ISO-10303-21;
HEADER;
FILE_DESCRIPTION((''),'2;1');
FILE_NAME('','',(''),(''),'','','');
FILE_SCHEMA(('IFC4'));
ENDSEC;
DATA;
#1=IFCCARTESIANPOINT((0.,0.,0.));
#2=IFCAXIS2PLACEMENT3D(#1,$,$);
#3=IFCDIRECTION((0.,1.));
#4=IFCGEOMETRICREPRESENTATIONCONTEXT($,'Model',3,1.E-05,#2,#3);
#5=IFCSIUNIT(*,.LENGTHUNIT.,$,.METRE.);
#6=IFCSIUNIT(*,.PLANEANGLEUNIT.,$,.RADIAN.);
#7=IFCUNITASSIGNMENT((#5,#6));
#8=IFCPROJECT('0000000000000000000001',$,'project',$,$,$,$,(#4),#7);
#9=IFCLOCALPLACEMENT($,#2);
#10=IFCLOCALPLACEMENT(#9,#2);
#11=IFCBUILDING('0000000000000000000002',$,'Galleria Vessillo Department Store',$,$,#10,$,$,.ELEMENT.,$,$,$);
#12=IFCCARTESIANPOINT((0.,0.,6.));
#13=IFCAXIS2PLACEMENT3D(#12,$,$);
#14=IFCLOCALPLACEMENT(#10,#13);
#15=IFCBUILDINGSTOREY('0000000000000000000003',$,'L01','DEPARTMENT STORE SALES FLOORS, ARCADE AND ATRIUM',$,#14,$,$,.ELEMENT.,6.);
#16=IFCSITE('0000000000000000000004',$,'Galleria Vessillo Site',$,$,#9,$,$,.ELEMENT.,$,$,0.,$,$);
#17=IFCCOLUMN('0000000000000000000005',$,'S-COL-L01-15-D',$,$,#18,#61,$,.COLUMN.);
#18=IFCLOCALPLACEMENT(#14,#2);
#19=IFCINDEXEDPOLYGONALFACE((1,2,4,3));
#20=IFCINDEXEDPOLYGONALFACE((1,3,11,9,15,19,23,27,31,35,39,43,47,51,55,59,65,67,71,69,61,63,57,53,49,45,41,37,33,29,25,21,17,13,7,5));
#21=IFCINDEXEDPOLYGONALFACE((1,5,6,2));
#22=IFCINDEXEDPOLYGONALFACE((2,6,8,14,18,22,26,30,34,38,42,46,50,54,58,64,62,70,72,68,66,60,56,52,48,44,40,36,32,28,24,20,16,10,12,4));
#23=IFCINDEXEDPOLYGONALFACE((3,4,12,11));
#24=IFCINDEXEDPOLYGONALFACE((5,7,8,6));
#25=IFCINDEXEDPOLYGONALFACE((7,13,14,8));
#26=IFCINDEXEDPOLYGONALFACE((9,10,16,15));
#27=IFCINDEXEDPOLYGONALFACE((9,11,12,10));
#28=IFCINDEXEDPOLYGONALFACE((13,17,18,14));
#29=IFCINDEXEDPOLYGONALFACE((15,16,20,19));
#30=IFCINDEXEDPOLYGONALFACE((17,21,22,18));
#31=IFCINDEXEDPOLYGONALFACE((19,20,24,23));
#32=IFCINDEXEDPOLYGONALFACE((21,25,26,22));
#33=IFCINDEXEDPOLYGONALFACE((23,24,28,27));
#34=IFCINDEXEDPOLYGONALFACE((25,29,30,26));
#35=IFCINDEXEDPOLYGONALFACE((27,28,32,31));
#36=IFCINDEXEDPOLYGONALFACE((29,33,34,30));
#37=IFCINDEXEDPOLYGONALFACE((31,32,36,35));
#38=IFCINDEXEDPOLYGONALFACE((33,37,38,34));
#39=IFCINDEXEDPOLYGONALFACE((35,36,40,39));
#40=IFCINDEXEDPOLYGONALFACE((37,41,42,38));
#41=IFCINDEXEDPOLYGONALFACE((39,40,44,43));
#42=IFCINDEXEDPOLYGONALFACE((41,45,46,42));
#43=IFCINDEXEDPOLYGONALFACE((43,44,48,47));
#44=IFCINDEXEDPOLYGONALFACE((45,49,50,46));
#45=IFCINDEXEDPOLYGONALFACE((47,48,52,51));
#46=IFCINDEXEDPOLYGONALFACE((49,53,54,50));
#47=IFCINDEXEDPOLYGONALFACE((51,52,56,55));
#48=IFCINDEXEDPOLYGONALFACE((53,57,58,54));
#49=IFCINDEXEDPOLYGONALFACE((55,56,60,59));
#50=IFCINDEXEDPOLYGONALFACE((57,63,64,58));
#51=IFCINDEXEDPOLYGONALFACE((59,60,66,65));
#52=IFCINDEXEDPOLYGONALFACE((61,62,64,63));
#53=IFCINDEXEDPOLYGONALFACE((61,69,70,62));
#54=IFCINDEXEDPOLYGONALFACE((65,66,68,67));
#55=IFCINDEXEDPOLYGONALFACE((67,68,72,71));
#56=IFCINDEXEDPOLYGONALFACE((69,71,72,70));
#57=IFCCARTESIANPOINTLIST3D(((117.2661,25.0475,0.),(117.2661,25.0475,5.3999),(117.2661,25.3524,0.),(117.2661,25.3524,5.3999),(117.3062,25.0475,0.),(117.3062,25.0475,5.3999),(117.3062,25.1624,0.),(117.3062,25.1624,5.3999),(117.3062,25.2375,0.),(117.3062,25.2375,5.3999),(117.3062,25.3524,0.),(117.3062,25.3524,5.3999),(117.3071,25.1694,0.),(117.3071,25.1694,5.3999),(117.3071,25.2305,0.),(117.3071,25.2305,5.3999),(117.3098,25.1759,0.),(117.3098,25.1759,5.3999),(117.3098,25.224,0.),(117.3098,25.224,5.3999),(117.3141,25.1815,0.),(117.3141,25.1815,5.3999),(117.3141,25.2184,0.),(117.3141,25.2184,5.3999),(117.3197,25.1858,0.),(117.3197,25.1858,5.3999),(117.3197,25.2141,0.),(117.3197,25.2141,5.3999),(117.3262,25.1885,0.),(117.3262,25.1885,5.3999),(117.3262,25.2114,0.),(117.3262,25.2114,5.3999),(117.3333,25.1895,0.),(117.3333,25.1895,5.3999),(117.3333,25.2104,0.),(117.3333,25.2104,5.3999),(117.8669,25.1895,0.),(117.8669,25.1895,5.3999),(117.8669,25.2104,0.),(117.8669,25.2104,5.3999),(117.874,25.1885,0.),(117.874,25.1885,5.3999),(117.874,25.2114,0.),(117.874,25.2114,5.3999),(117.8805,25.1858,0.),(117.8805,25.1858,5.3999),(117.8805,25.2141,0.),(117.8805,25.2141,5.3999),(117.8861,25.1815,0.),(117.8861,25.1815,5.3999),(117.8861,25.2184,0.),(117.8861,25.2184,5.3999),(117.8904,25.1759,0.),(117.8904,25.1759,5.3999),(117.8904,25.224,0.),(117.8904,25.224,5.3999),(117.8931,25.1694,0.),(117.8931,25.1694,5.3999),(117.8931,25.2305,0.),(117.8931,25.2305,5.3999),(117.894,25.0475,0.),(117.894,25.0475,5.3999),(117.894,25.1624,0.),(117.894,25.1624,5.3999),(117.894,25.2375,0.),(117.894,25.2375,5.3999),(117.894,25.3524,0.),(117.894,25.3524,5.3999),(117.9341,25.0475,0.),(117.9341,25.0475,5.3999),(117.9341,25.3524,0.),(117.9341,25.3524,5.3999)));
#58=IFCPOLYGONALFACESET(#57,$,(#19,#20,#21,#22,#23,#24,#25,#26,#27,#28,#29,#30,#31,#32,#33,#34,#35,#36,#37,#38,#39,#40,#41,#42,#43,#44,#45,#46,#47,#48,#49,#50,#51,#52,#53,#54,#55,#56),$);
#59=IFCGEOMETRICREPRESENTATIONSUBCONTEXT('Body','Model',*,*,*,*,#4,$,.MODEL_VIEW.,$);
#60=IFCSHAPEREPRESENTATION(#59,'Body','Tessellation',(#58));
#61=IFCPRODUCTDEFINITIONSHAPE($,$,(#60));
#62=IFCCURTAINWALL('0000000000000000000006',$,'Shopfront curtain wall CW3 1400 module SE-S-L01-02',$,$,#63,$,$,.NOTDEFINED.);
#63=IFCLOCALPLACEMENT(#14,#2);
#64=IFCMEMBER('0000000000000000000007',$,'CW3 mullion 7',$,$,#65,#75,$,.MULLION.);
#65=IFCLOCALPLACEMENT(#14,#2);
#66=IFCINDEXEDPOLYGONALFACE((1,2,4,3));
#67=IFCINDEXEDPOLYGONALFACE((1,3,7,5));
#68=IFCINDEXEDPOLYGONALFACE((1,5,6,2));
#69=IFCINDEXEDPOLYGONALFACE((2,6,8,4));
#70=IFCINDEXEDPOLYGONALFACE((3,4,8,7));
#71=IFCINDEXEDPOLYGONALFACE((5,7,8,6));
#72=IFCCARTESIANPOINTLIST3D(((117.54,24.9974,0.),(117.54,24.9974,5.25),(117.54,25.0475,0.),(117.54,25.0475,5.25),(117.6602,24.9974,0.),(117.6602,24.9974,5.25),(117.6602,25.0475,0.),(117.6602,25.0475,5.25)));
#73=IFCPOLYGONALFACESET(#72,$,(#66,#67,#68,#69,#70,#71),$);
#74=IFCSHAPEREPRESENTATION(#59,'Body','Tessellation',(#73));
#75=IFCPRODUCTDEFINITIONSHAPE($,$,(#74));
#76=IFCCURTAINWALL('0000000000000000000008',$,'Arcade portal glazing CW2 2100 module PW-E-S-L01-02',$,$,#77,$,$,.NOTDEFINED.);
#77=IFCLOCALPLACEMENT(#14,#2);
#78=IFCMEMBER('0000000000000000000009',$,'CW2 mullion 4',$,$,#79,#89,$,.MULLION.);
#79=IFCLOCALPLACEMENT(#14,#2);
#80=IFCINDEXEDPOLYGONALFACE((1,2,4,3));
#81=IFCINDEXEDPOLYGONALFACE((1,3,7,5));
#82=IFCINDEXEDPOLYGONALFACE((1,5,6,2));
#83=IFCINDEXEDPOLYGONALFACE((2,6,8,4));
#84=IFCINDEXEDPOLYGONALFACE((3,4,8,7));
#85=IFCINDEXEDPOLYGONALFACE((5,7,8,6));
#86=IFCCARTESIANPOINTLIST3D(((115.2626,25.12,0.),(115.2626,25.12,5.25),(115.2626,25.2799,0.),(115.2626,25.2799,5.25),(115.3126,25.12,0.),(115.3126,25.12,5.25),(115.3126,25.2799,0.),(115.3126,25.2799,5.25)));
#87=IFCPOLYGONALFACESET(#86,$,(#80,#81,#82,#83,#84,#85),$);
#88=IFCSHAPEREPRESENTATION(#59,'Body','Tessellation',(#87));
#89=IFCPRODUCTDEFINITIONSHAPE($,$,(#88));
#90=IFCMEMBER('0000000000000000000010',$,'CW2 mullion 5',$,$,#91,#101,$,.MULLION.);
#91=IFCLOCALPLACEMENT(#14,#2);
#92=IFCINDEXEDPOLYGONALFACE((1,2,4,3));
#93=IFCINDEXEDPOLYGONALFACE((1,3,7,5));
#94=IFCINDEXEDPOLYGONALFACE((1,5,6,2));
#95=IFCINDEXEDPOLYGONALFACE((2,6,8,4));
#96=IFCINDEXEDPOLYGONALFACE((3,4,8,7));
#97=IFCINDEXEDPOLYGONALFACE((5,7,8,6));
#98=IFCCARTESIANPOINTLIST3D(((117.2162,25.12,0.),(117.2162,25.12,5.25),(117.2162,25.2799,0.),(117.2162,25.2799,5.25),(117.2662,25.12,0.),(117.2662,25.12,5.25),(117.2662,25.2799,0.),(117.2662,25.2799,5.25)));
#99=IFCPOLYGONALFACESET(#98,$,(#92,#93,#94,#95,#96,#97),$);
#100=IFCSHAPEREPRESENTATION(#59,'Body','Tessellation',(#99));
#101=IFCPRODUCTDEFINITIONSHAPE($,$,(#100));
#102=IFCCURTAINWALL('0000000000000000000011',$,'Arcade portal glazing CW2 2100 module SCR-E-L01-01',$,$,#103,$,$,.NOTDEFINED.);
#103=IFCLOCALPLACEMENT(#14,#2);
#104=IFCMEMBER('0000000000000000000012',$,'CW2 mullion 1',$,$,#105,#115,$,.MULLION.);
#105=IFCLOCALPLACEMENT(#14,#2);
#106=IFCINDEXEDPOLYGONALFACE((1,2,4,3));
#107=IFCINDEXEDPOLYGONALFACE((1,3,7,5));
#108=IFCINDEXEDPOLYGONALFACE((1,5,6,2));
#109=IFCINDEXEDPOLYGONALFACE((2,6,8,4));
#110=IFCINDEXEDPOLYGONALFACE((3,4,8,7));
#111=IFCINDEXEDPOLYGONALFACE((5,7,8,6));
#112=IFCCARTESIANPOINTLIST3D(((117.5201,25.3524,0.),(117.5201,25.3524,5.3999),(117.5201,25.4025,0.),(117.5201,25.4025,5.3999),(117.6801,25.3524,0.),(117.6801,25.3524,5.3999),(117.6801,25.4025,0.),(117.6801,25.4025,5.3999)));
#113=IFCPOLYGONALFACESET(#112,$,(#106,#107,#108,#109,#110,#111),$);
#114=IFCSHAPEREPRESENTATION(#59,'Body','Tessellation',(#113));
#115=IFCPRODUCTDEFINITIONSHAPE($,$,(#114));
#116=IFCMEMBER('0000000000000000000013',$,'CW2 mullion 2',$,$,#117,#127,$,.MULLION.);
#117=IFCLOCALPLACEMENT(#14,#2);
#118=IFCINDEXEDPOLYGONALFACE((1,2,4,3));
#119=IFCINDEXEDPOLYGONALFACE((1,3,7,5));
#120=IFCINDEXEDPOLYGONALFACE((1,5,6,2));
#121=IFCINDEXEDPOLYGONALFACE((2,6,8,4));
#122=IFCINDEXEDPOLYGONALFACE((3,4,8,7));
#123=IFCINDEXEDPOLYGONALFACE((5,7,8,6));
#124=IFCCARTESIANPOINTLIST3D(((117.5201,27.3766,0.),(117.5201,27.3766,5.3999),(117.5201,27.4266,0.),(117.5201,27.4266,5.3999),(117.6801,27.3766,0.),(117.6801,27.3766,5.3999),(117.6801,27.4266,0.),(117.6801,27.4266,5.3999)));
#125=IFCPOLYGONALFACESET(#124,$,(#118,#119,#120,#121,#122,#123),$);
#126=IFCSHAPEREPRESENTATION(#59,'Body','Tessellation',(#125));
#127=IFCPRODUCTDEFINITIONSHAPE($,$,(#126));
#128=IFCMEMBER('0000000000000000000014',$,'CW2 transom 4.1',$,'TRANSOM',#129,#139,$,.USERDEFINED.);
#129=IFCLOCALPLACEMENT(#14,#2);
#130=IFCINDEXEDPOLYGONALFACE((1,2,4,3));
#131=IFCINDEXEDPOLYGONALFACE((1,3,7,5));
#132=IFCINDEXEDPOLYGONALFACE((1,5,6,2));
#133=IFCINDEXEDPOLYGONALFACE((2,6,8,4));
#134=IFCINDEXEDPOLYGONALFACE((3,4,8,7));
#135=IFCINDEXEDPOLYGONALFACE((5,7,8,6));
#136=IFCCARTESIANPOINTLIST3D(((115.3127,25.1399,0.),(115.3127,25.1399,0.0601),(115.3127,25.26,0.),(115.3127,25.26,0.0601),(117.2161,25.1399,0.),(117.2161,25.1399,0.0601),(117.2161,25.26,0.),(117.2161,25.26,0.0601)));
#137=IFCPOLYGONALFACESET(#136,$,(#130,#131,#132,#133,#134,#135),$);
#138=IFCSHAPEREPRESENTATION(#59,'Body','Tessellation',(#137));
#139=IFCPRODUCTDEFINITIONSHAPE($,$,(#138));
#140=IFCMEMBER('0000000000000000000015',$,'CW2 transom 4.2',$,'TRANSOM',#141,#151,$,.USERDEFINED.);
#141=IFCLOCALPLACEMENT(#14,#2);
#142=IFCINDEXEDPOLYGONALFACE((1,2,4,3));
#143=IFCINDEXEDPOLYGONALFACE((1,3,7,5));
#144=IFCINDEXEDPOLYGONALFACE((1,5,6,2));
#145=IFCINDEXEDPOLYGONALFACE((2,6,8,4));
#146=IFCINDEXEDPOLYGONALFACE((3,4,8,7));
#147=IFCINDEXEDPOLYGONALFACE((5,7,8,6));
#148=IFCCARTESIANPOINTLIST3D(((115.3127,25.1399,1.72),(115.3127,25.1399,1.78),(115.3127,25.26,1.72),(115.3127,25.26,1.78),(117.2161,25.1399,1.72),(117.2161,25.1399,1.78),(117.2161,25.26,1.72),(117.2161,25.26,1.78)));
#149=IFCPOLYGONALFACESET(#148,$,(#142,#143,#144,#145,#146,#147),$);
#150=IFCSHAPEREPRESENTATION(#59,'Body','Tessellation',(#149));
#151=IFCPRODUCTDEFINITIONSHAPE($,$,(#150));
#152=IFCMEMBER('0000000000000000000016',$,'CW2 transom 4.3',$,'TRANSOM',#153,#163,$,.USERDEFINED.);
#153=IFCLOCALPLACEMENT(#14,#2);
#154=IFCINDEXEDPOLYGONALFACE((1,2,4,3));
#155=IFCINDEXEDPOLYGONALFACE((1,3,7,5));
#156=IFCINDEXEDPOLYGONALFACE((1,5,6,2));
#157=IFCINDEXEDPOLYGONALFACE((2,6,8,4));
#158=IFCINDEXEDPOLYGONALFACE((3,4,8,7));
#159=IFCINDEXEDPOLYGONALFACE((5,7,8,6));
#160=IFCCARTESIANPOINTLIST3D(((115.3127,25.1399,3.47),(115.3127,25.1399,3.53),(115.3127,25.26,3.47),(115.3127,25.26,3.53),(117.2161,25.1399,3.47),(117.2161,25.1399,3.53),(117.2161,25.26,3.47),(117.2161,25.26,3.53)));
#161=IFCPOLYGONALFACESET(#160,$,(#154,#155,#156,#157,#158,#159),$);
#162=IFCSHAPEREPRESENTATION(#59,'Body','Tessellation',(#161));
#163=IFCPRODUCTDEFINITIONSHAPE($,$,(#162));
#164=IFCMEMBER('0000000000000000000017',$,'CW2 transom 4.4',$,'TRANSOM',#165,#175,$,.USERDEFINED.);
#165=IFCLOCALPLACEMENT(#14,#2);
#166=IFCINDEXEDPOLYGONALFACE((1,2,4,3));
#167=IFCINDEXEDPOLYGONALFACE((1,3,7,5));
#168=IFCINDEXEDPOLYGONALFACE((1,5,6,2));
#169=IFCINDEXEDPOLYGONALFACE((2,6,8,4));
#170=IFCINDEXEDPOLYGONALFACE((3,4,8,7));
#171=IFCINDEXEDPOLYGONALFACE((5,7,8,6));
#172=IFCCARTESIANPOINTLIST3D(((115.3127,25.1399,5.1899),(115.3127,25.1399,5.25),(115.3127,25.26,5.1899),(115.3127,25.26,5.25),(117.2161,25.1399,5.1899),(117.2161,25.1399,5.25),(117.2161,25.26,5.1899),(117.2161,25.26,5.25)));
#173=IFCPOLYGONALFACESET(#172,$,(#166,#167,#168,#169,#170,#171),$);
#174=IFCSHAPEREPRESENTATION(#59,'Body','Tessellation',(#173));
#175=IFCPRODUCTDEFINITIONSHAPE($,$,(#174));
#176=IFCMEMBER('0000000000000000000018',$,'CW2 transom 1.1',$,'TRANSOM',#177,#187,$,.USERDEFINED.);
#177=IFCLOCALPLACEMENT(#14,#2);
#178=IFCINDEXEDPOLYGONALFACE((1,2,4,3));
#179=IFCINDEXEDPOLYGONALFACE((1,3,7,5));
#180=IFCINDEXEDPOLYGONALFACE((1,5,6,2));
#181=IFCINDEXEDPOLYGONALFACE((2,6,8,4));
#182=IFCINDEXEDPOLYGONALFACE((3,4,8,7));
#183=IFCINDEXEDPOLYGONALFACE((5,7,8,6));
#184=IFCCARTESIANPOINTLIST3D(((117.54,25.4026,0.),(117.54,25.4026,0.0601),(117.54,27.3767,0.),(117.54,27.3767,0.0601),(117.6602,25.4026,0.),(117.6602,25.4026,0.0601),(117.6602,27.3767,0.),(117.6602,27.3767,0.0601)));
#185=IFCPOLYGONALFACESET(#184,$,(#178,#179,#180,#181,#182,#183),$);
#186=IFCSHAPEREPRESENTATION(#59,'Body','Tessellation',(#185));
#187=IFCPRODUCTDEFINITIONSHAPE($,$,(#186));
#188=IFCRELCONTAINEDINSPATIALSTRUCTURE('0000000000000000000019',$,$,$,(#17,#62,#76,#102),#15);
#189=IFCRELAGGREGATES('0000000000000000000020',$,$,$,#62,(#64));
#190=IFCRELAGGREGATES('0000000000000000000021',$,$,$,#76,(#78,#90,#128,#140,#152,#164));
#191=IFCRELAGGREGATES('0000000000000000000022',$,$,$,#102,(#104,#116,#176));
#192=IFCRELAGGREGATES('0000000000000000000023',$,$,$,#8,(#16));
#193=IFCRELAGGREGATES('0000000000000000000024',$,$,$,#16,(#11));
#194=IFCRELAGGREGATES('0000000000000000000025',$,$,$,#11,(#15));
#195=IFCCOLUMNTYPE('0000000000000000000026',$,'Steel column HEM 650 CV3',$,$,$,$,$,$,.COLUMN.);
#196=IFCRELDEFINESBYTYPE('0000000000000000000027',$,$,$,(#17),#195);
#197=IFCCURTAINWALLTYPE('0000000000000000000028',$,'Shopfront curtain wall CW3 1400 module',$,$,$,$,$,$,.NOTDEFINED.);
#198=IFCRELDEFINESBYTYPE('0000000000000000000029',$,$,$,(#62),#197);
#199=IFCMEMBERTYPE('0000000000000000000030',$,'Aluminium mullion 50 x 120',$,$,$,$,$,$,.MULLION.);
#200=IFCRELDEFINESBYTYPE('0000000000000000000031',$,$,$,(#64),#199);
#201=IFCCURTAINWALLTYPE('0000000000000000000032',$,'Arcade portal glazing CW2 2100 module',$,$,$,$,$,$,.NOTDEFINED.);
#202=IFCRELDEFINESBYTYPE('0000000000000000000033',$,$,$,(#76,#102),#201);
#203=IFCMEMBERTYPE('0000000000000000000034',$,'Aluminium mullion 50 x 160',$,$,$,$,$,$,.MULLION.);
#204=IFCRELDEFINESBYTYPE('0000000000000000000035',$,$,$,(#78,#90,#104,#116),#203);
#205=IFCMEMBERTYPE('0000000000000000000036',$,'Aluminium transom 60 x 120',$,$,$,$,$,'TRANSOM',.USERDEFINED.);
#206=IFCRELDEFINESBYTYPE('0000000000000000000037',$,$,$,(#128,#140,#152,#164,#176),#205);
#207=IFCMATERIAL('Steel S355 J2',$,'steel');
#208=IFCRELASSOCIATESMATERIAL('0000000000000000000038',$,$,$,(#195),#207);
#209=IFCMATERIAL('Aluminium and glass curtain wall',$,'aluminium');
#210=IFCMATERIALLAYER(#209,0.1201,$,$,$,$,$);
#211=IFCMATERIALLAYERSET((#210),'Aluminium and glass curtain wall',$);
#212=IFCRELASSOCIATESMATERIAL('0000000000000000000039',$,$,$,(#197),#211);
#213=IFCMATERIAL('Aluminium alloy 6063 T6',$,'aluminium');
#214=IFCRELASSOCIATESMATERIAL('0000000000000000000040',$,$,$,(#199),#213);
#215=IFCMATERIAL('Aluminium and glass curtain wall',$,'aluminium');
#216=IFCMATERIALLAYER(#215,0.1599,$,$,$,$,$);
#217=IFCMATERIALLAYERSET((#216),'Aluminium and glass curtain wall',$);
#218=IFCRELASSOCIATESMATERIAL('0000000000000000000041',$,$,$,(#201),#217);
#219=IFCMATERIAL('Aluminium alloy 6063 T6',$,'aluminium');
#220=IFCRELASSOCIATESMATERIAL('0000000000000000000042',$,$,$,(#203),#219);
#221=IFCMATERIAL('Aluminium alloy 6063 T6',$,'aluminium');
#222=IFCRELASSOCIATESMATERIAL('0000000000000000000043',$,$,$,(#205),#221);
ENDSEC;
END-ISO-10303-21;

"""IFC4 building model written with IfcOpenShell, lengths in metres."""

from ifc_helpers import new_model, si_unit, direction, frame, origin, origin_2d, place, context, subcontext, project, spatial, rectangle, i_section, extrude, material, layer, layer_set, material_profile, profile_set, type_object, element, aggregate, save


model = new_model("IFC4")

# Units and contexts
model_context = context("Model", 3, precision=1e-05, world=origin(), true_north=direction((0.0, 1.0)))
body_context = subcontext(model_context, "Body", "Model", "MODEL_VIEW")
ifc_project = project(units=[si_unit("LENGTHUNIT", "METRE"), si_unit("PLANEANGLEUNIT", "RADIAN")], contexts=[model_context])

# Site, building, storey
site_placement = place(None, origin())
site = spatial("IfcSite", under=ifc_project, at=site_placement, Name="Galleria Vessillo Site", CompositionType="ELEMENT", RefElevation=0.0)
building_placement = place(site_placement, origin())
building = spatial("IfcBuilding", under=site, at=building_placement, Name="Galleria Vessillo Department Store", CompositionType="ELEMENT")
storey_placement = place(building_placement, frame((0.0, 0.0, 6.0)))
storey = spatial("IfcBuildingStorey", under=building, at=storey_placement, Name="L01", Description="DEPARTMENT STORE SALES FLOORS, ARCADE AND ATRIUM", CompositionType="ELEMENT", Elevation=6.0)

# Column
ifc_material_1 = material(Name="Steel S355 J2", Category="steel")
ifc_material_profile_1 = material_profile(ifc_material_1, i_section(OverallWidth=0.3049, OverallDepth=0.668, WebThickness=0.021, FlangeThickness=0.04, FilletRadius=0.0271, at=origin_2d()), Name="HEM 650")
ifc_profile_set_1 = profile_set([ifc_material_profile_1], Name="Steel S355 J2")
column_type = type_object("IfcColumnType", Name="Steel column HEM 650 CV3", PredefinedType="COLUMN", material=ifc_profile_set_1)
column_placement = place(storey_placement, frame((117.6001, 25.2, 0.0), z_axis=(0.0, 0.0, 1.0), x_axis=(0.0, 1.0, 0.0)))
element("IfcColumn", 1, at=column_placement, inside=storey, type_object=column_type, Name="S-COL-L01-15-D", PredefinedType="COLUMN", context=body_context, shape_type="SweptSolid", body=[
    extrude(i_section(OverallWidth=0.3049, OverallDepth=0.668, WebThickness=0.021, FlangeThickness=0.04, FilletRadius=0.0271, at=origin_2d()), origin(), (0.0, 0.0, 1.0), 5.3999),
])

# Curtain wall, member
ifc_material_2 = material(Name="Aluminium and glass curtain wall", Category="aluminium")
ifc_layer_1 = layer(ifc_material_2, 0.1201)
ifc_layer_set_1 = layer_set([ifc_layer_1], Name="Aluminium and glass curtain wall")
curtain_wall_type_1 = type_object("IfcCurtainWallType", Name="Shopfront curtain wall CW3 1400 module", PredefinedType="NOTDEFINED", material=ifc_layer_set_1)
curtain_wall_1_placement = place(storey_placement, origin())
curtain_wall_1 = element("IfcCurtainWall", 2, at=curtain_wall_1_placement, inside=storey, type_object=curtain_wall_type_1, Name="Shopfront curtain wall CW3 1400 module SE-S-L01-02", PredefinedType="NOTDEFINED")
ifc_material_3 = material(Name="Aluminium alloy 6063 T6", Category="aluminium")
ifc_material_profile_2 = material_profile(ifc_material_3, rectangle(XDim=0.1201, YDim=0.05, at=origin_2d()), Name="AL 50x120")
ifc_profile_set_2 = profile_set([ifc_material_profile_2], Name="Aluminium alloy 6063 T6")
member_type_1 = type_object("IfcMemberType", Name="Aluminium mullion 50 x 120", PredefinedType="MULLION", material=ifc_profile_set_2)
member_1_placement = place(storey_placement, frame((117.6001, 25.0225, 0.0), z_axis=(0.0, 0.0, 1.0), x_axis=(-1.0, 0.0, 0.0)))
member_1 = element("IfcMember", 3, at=member_1_placement, type_object=member_type_1, Name="CW3 mullion 7", PredefinedType="MULLION", context=body_context, shape_type="SweptSolid", body=[
    extrude(rectangle(XDim=0.1201, YDim=0.05, at=origin_2d()), origin(), (0.0, 0.0, 1.0), 5.25),
])

# Curtain walls, members
ifc_material_4 = material(Name="Aluminium and glass curtain wall", Category="aluminium")
ifc_layer_2 = layer(ifc_material_4, 0.1599)
ifc_layer_set_2 = layer_set([ifc_layer_2], Name="Aluminium and glass curtain wall")
curtain_wall_type_2 = type_object("IfcCurtainWallType", Name="Arcade portal glazing CW2 2100 module", PredefinedType="NOTDEFINED", material=ifc_layer_set_2)
curtain_wall_2_placement = place(storey_placement, origin())
curtain_wall_2 = element("IfcCurtainWall", 4, at=curtain_wall_2_placement, inside=storey, type_object=curtain_wall_type_2, Name="Arcade portal glazing CW2 2100 module PW-E-S-L01-02", PredefinedType="NOTDEFINED")
ifc_material_5 = material(Name="Aluminium alloy 6063 T6", Category="aluminium")
ifc_material_profile_3 = material_profile(ifc_material_5, rectangle(XDim=0.1599, YDim=0.05, at=origin_2d()), Name="AL 50x160")
ifc_profile_set_3 = profile_set([ifc_material_profile_3], Name="Aluminium alloy 6063 T6")
member_type_2 = type_object("IfcMemberType", Name="Aluminium mullion 50 x 160", PredefinedType="MULLION", material=ifc_profile_set_3)
member_2_placement = place(storey_placement, frame((115.2876, 25.2, 0.0), z_axis=(0.0, 0.0, 1.0), x_axis=(0.0, 1.0, 0.0)))
member_2 = element("IfcMember", 5, at=member_2_placement, type_object=member_type_2, Name="CW2 mullion 4", PredefinedType="MULLION", context=body_context, shape_type="SweptSolid", body=[
    extrude(rectangle(XDim=0.1599, YDim=0.05, at=origin_2d()), origin(), (0.0, 0.0, 1.0), 5.25),
])
member_3_placement = place(storey_placement, frame((117.2412, 25.2, 0.0), z_axis=(0.0, 0.0, 1.0), x_axis=(0.0, 1.0, 0.0)))
member_3 = element("IfcMember", 6, at=member_3_placement, type_object=member_type_2, Name="CW2 mullion 5", PredefinedType="MULLION", context=body_context, shape_type="SweptSolid", body=[
    extrude(rectangle(XDim=0.1599, YDim=0.05, at=origin_2d()), origin(), (0.0, 0.0, 1.0), 5.25),
])
curtain_wall_3_placement = place(storey_placement, origin())
curtain_wall_3 = element("IfcCurtainWall", 7, at=curtain_wall_3_placement, inside=storey, type_object=curtain_wall_type_2, Name="Arcade portal glazing CW2 2100 module SCR-E-L01-01", PredefinedType="NOTDEFINED")
member_4_placement = place(storey_placement, frame((117.6001, 25.3774, 0.0), z_axis=(0.0, 0.0, 1.0), x_axis=(-1.0, 0.0, 0.0)))
member_4 = element("IfcMember", 8, at=member_4_placement, type_object=member_type_2, Name="CW2 mullion 1", PredefinedType="MULLION", context=body_context, shape_type="SweptSolid", body=[
    extrude(rectangle(XDim=0.1599, YDim=0.05, at=origin_2d()), origin(), (0.0, 0.0, 1.0), 5.3999),
])
member_5_placement = place(storey_placement, frame((117.6001, 27.4016, 0.0), z_axis=(0.0, 0.0, 1.0), x_axis=(-1.0, 0.0, 0.0)))
member_5 = element("IfcMember", 9, at=member_5_placement, type_object=member_type_2, Name="CW2 mullion 2", PredefinedType="MULLION", context=body_context, shape_type="SweptSolid", body=[
    extrude(rectangle(XDim=0.1599, YDim=0.05, at=origin_2d()), origin(), (0.0, 0.0, 1.0), 5.3999),
])

# Members
ifc_material_6 = material(Name="Aluminium alloy 6063 T6", Category="aluminium")
ifc_material_profile_4 = material_profile(ifc_material_6, rectangle(XDim=0.1201, YDim=0.0601, at=origin_2d()), Name="AL 60x120")
ifc_profile_set_4 = profile_set([ifc_material_profile_4], Name="Aluminium alloy 6063 T6")
member_type_3 = type_object("IfcMemberType", Name="Aluminium transom 60 x 120", ElementType="TRANSOM", PredefinedType="USERDEFINED", material=ifc_profile_set_4)
member_6_placement = place(storey_placement, frame((115.3127, 25.2, 0.03), z_axis=(1.0, 0.0, 0.0), x_axis=(0.0, 1.0, 0.0)))
member_6 = element("IfcMember", 10, at=member_6_placement, type_object=member_type_3, Name="CW2 transom 4.1", ObjectType="TRANSOM", PredefinedType="USERDEFINED", context=body_context, shape_type="SweptSolid", body=[
    extrude(rectangle(XDim=0.1201, YDim=0.0601, at=origin_2d()), origin(), (0.0, 0.0, 1.0), 1.9033),
])
member_7_placement = place(storey_placement, frame((115.3127, 25.2, 1.75), z_axis=(1.0, 0.0, 0.0), x_axis=(0.0, 1.0, 0.0)))
member_7 = element("IfcMember", 11, at=member_7_placement, type_object=member_type_3, Name="CW2 transom 4.2", ObjectType="TRANSOM", PredefinedType="USERDEFINED", context=body_context, shape_type="SweptSolid", body=[
    extrude(rectangle(XDim=0.1201, YDim=0.0601, at=origin_2d()), origin(), (0.0, 0.0, 1.0), 1.9033),
])
member_8_placement = place(storey_placement, frame((115.3127, 25.2, 3.5), z_axis=(1.0, 0.0, 0.0), x_axis=(0.0, 1.0, 0.0)))
member_8 = element("IfcMember", 12, at=member_8_placement, type_object=member_type_3, Name="CW2 transom 4.3", ObjectType="TRANSOM", PredefinedType="USERDEFINED", context=body_context, shape_type="SweptSolid", body=[
    extrude(rectangle(XDim=0.1201, YDim=0.0601, at=origin_2d()), origin(), (0.0, 0.0, 1.0), 1.9033),
])
member_9_placement = place(storey_placement, frame((115.3127, 25.2, 5.22), z_axis=(1.0, 0.0, 0.0), x_axis=(0.0, 1.0, 0.0)))
member_9 = element("IfcMember", 13, at=member_9_placement, type_object=member_type_3, Name="CW2 transom 4.4", ObjectType="TRANSOM", PredefinedType="USERDEFINED", context=body_context, shape_type="SweptSolid", body=[
    extrude(rectangle(XDim=0.1201, YDim=0.0601, at=origin_2d()), origin(), (0.0, 0.0, 1.0), 1.9033),
])
member_10_placement = place(storey_placement, frame((117.6001, 25.4026, 0.03), z_axis=(0.0, 1.0, 0.0), x_axis=(-1.0, 0.0, 0.0)))
member_10 = element("IfcMember", 14, at=member_10_placement, type_object=member_type_3, Name="CW2 transom 1.1", ObjectType="TRANSOM", PredefinedType="USERDEFINED", context=body_context, shape_type="SweptSolid", body=[
    extrude(rectangle(XDim=0.1201, YDim=0.0601, at=origin_2d()), origin(), (0.0, 0.0, 1.0), 1.9741),
])

aggregate(curtain_wall_1, [member_1])
aggregate(curtain_wall_2, [member_2, member_3, member_6, member_7, member_8, member_9])
aggregate(curtain_wall_3, [member_4, member_5, member_10])

save(model, "model.ifc")
